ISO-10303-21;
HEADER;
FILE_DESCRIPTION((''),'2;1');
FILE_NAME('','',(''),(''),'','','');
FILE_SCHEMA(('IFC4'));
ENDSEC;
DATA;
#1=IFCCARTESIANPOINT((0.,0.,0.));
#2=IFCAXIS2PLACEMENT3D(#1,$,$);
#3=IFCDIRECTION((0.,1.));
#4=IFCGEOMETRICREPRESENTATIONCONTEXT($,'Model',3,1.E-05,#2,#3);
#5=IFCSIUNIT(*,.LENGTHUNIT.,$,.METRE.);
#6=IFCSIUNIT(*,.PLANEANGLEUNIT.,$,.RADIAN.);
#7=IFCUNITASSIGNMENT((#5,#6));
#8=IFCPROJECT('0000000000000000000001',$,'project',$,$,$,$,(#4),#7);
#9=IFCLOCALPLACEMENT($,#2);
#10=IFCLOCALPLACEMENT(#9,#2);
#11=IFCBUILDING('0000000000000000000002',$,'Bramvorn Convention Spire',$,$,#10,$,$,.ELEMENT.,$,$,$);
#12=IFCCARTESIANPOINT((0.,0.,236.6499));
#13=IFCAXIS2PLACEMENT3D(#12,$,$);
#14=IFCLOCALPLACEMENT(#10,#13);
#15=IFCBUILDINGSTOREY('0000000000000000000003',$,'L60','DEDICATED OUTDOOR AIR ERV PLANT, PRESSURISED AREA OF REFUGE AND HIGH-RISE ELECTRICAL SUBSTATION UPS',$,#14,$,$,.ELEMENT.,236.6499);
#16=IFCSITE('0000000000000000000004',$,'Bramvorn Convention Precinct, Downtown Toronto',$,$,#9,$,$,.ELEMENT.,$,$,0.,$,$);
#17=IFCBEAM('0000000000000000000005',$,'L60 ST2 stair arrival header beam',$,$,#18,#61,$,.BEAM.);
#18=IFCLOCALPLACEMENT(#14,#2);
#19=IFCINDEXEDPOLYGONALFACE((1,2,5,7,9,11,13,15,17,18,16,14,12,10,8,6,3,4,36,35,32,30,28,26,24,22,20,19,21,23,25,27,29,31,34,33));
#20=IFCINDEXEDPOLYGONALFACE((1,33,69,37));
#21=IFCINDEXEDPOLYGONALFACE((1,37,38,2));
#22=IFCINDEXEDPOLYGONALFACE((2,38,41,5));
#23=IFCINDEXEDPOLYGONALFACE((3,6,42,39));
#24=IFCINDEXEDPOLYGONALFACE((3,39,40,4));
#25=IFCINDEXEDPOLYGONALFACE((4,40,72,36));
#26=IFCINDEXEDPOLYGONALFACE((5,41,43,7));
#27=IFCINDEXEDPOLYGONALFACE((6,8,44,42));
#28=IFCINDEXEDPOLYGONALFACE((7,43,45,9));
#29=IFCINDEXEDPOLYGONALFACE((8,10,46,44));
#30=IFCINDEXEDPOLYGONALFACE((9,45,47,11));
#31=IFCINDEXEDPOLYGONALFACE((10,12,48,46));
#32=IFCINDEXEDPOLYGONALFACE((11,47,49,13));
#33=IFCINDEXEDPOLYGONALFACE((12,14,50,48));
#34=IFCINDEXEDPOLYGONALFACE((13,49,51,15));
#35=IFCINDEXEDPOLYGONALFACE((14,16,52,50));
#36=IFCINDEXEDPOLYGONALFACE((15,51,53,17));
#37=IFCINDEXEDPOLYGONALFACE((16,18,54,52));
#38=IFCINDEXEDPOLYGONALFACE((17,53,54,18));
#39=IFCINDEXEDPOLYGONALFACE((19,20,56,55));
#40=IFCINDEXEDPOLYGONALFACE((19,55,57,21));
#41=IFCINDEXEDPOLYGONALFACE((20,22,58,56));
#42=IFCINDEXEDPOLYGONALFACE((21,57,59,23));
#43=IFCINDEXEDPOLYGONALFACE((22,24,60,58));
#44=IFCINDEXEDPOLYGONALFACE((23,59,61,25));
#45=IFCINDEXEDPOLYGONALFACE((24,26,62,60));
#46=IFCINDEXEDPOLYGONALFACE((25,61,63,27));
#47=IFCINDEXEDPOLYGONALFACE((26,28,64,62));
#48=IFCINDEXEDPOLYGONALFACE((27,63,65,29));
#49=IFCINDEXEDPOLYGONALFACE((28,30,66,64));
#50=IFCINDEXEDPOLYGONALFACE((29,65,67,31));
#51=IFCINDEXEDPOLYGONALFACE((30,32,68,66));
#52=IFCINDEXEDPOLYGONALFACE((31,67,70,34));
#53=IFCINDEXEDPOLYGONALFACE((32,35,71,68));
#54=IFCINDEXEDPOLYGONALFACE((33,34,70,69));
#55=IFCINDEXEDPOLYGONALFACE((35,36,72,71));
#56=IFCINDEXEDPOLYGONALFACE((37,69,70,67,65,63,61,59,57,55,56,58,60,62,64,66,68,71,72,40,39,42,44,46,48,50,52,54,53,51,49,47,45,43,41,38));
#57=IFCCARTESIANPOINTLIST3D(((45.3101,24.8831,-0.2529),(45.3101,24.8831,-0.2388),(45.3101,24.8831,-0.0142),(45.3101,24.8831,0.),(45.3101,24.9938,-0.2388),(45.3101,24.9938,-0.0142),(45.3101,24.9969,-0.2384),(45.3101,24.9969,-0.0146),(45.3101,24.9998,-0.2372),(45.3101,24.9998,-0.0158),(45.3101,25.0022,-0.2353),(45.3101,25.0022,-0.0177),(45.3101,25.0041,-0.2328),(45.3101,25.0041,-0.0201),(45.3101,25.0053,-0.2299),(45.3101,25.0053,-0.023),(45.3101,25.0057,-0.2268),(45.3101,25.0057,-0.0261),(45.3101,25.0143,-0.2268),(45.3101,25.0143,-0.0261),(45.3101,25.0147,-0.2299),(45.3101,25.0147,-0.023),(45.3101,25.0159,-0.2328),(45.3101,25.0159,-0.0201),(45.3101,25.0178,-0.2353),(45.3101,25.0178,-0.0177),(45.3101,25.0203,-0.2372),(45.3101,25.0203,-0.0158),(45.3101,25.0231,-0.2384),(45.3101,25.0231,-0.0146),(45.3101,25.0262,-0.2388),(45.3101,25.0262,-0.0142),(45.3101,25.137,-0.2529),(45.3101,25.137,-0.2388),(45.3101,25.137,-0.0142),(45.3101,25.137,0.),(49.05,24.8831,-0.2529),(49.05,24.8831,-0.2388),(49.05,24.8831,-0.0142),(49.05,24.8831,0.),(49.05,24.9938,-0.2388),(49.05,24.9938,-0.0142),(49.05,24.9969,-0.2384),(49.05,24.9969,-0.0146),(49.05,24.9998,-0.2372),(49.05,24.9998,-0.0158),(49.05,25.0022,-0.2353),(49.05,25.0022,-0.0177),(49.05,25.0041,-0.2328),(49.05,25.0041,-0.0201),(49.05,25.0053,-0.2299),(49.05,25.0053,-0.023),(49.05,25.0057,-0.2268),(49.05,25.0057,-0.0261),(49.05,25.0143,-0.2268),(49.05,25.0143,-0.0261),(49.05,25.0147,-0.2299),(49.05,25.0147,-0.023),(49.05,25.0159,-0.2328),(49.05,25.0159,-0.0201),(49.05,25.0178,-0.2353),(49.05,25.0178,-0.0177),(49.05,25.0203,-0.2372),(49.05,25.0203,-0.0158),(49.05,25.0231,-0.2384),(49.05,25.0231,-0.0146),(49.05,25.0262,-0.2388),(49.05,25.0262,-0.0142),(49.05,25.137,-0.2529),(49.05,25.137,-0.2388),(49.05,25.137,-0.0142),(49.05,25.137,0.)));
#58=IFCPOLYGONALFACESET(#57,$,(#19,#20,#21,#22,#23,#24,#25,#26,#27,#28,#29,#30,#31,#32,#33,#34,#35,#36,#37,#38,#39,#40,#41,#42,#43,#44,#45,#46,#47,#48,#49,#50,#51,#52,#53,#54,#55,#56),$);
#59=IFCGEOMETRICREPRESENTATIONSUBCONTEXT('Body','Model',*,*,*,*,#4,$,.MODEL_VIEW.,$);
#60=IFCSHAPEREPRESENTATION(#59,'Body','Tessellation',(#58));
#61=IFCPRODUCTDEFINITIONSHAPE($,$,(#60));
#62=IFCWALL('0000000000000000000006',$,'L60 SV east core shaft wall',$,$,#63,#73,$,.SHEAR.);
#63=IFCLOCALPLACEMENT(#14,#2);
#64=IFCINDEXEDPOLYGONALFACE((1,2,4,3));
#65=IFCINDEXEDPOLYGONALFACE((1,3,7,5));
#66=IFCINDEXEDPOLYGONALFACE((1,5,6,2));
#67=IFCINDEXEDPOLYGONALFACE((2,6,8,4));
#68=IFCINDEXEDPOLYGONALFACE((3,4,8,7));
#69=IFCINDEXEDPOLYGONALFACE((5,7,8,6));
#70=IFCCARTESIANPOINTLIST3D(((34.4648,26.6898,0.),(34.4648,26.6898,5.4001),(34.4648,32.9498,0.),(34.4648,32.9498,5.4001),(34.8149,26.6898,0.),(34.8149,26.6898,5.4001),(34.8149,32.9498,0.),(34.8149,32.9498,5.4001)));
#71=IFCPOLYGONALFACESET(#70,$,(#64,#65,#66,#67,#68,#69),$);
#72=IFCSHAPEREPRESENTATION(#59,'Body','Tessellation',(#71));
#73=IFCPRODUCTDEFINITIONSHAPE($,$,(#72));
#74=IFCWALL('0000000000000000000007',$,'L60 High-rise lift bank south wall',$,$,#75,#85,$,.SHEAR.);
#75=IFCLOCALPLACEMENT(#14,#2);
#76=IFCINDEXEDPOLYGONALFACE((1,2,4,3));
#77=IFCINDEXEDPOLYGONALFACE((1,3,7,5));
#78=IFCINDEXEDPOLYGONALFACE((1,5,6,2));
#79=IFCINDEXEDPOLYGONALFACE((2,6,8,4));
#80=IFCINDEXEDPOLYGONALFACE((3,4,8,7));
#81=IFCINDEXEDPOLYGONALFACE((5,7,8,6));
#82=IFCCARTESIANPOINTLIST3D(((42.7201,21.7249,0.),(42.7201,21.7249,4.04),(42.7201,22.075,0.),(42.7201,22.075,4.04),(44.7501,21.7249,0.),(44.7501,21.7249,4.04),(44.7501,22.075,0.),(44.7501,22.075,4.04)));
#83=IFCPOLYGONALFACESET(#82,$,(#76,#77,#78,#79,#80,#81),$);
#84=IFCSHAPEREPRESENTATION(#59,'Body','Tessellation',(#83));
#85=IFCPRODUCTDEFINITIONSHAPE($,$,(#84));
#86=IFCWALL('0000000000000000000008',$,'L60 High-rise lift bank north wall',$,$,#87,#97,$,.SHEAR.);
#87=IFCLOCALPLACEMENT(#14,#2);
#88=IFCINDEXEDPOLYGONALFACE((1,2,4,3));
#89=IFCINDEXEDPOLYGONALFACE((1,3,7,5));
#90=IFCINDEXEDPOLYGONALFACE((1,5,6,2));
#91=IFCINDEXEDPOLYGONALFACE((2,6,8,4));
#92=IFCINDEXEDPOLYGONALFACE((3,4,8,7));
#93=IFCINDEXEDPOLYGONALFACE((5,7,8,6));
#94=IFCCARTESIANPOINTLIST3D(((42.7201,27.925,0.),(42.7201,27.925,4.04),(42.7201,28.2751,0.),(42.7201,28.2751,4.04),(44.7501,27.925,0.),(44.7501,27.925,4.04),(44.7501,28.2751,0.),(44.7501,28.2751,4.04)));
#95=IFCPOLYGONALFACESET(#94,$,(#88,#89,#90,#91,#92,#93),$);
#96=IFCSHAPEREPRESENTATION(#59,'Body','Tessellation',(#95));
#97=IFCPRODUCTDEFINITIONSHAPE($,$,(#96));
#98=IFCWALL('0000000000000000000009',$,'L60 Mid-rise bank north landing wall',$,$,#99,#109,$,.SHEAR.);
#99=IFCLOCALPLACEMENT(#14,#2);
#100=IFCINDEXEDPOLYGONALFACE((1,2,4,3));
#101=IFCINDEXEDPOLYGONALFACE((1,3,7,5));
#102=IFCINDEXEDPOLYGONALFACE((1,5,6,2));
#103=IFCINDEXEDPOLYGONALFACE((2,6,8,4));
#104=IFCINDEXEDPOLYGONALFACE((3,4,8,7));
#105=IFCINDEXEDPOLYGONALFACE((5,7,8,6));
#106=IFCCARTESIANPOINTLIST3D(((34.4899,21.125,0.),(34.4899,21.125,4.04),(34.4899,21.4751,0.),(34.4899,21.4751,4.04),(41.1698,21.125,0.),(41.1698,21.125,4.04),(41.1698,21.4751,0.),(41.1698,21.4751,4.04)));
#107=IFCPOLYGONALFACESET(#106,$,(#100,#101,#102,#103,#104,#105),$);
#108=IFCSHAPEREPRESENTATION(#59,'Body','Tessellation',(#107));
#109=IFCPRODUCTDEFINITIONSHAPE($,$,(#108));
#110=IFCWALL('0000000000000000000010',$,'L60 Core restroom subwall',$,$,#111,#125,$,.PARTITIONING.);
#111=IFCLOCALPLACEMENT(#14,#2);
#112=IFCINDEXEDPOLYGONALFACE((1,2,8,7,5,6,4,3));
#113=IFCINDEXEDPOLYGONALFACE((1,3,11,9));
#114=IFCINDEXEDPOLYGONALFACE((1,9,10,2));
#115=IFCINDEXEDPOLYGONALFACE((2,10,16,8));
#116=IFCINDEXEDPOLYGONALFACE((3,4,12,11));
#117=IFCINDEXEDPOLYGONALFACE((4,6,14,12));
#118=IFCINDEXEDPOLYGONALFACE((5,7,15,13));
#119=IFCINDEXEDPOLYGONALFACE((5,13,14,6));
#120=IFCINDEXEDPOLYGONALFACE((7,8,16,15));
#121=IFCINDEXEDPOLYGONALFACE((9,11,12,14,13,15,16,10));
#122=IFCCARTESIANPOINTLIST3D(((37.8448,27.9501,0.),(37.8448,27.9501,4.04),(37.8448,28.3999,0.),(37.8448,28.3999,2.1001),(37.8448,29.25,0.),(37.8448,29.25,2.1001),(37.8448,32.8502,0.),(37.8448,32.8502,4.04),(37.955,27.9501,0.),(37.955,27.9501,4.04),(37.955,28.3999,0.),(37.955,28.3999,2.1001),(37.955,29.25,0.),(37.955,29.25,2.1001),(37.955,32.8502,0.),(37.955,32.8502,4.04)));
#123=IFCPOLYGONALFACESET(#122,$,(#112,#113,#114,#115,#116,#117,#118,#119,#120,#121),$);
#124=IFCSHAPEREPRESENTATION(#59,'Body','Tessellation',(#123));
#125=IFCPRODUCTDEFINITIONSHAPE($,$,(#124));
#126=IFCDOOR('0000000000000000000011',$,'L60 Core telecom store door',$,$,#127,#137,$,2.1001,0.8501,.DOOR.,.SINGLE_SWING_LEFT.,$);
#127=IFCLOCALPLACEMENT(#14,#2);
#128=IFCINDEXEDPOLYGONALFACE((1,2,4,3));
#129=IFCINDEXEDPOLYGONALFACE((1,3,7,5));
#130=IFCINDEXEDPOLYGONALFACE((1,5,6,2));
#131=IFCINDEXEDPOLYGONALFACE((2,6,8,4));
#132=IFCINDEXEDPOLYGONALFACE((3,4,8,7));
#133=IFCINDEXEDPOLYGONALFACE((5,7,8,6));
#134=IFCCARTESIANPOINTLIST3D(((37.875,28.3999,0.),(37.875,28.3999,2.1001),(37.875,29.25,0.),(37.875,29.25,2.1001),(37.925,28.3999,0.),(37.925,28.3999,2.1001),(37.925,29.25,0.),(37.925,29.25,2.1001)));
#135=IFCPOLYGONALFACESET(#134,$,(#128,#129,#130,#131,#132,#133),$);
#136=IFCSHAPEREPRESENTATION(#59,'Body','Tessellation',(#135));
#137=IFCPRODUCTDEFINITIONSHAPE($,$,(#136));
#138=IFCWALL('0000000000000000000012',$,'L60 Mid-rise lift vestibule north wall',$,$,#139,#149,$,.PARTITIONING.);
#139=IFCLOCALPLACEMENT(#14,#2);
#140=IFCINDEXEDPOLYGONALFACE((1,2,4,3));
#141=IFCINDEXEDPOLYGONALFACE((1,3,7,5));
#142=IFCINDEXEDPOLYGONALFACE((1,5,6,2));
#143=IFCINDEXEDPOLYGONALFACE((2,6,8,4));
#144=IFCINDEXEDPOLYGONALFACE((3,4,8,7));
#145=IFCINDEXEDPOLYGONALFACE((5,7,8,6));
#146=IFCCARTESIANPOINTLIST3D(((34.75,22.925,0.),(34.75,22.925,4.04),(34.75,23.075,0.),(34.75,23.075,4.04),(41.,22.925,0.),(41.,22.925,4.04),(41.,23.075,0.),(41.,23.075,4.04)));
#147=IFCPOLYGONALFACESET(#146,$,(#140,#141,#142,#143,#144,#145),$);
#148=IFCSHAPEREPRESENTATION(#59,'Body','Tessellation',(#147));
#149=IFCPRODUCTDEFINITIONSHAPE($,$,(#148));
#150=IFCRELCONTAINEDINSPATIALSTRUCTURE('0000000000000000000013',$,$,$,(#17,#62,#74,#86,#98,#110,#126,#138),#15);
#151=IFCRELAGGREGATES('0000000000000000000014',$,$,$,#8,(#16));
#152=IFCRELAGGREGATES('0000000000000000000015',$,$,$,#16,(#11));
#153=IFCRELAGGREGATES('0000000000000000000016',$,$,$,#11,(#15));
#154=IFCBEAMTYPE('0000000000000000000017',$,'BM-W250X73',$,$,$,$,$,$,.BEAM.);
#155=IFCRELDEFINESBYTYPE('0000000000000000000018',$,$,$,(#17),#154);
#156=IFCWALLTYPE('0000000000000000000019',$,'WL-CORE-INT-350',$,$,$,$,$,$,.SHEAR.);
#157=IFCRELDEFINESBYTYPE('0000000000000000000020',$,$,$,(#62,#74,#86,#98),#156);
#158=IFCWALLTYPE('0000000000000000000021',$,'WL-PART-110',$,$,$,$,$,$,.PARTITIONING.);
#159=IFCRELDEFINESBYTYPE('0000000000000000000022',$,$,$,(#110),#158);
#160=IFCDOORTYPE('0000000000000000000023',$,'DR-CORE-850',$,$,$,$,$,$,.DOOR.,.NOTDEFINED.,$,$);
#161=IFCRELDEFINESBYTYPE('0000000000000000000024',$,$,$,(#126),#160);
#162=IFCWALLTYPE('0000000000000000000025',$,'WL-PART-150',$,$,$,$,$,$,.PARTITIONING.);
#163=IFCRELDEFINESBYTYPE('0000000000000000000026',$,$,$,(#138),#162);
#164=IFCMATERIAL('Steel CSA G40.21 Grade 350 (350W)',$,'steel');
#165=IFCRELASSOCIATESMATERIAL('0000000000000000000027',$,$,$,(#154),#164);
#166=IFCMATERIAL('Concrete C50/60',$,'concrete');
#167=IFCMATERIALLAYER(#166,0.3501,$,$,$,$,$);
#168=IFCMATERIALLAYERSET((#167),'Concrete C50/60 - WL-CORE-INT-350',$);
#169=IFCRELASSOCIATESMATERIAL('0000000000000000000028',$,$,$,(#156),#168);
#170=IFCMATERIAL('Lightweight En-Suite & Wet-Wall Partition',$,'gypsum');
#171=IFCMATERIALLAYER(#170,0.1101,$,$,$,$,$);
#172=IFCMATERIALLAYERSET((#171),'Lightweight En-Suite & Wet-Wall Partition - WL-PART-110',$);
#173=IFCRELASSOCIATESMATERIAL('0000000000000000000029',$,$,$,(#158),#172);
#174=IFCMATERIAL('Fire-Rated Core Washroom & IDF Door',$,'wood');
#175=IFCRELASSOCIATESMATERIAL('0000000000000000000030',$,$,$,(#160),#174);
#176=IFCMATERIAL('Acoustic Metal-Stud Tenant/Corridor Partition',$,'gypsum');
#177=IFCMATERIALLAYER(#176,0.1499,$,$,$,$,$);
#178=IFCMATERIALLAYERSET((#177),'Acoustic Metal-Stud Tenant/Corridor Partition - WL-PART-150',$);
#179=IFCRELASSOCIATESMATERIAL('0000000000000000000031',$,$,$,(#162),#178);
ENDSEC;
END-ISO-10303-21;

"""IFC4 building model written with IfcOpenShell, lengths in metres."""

from ifc_helpers import new_model, si_unit, direction, frame, frame_2d, origin, origin_2d, place, context, subcontext, project, spatial, rectangle, i_section, extrude, material, layer, layer_set, material_profile, profile_set, type_object, element, fill, save


model = new_model("IFC4")

# Units and contexts
model_context = context("Model", 3, precision=1e-05, world=origin(), true_north=direction((0.0, 1.0)))
body_context = subcontext(model_context, "Body", "Model", "MODEL_VIEW")
ifc_project = project(units=[si_unit("LENGTHUNIT", "METRE"), si_unit("PLANEANGLEUNIT", "RADIAN")], contexts=[model_context])

# Site, building, storey
site_placement = place(None, origin())
site = spatial("IfcSite", under=ifc_project, at=site_placement, Name="Bramvorn Convention Precinct, Downtown Toronto", CompositionType="ELEMENT", RefElevation=0.0)
building_placement = place(site_placement, origin())
building = spatial("IfcBuilding", under=site, at=building_placement, Name="Bramvorn Convention Spire", CompositionType="ELEMENT")
storey_placement = place(building_placement, frame((0.0, 0.0, 236.6499)))
storey = spatial("IfcBuildingStorey", under=building, at=storey_placement, Name="L60", Description="DEDICATED OUTDOOR AIR ERV PLANT, PRESSURISED AREA OF REFUGE AND HIGH-RISE ELECTRICAL SUBSTATION UPS", CompositionType="ELEMENT", Elevation=236.6499)

# Beam
ifc_material_1 = material(Name="Steel CSA G40.21 Grade 350 (350W)", Category="steel")
ifc_material_profile = material_profile(ifc_material_1, i_section(OverallWidth=0.2539, OverallDepth=0.2529, WebThickness=0.0085, FlangeThickness=0.0142, FilletRadius=0.012, at=origin_2d()))
ifc_profile_set = profile_set([ifc_material_profile], Name="Steel CSA G40.21 Grade 350 (350W) - W250X73")
beam_type = type_object("IfcBeamType", Name="BM-W250X73", PredefinedType="BEAM", material=ifc_profile_set)
beam_placement = place(storey_placement, frame((45.3101, 25.01, -0.1265), z_axis=(1.0, 0.0, 0.0), x_axis=(0.0, 1.0, 0.0)))
element("IfcBeam", 1, at=beam_placement, inside=storey, type_object=beam_type, Name="L60 ST2 stair arrival header beam", PredefinedType="BEAM", context=body_context, shape_type="SweptSolid", body=[
    extrude(i_section(OverallWidth=0.2539, OverallDepth=0.2529, WebThickness=0.0085, FlangeThickness=0.0142, FilletRadius=0.012, at=origin_2d()), origin(), (0.0, 0.0, 1.0), 3.74),
])

# Shared definitions
ifc_material_2 = material(Name="Concrete C50/60", Category="concrete")
ifc_layer_1 = layer(ifc_material_2, 0.3501)
ifc_layer_set_1 = layer_set([ifc_layer_1], Name="Concrete C50/60 - WL-CORE-INT-350")
wall_type_1 = type_object("IfcWallType", Name="WL-CORE-INT-350", PredefinedType="SHEAR", material=ifc_layer_set_1)

# Wall
wall_1_placement = place(storey_placement, frame((34.6399, 26.6899, 0.0), z_axis=(0.0, 0.0, 1.0), x_axis=(0.0, 1.0, 0.0)))
element("IfcWall", 2, at=wall_1_placement, inside=storey, type_object=wall_type_1, Name="L60 SV east core shaft wall", PredefinedType="SHEAR", context=body_context, shape_type="SweptSolid", body=[
    extrude(rectangle(XDim=6.26, YDim=0.3501, at=frame_2d((3.1299, 0.0))), origin(), (0.0, 0.0, 1.0), 5.4001),
])

# Walls
for number, where, z_axis, x_axis, name in (
    (3, (42.72, 21.8999, 0.0), (0.0, 0.0, 1.0), (1.0, 0.0, 0.0), "L60 High-rise lift bank south wall"),
    (4, (42.72, 28.1001, 0.0), (0.0, 0.0, 1.0), (1.0, 0.0, 0.0), "L60 High-rise lift bank north wall"),
):
    element("IfcWall", number, at=place(storey_placement, frame(where, z_axis=z_axis, x_axis=x_axis)), inside=storey, type_object=wall_type_1, Name=name, PredefinedType="SHEAR", context=body_context, shape_type="SweptSolid", body=[
        extrude(rectangle(XDim=2.03, YDim=0.3501, at=frame_2d((1.0151, 0.0))), origin(), (0.0, 0.0, 1.0), 4.04),
    ])
wall_2_placement = place(storey_placement, frame((34.49, 21.3, 0.0), z_axis=(0.0, 0.0, 1.0), x_axis=(1.0, 0.0, 0.0)))
element("IfcWall", 5, at=wall_2_placement, inside=storey, type_object=wall_type_1, Name="L60 Mid-rise bank north landing wall", PredefinedType="SHEAR", context=body_context, shape_type="SweptSolid", body=[
    extrude(rectangle(XDim=6.6799, YDim=0.3501, at=frame_2d((3.3398, 0.0))), origin(), (0.0, 0.0, 1.0), 4.04),
])

# Wall, opening, door
ifc_material_3 = material(Name="Lightweight En-Suite & Wet-Wall Partition", Category="gypsum")
ifc_layer_2 = layer(ifc_material_3, 0.1101)
ifc_layer_set_2 = layer_set([ifc_layer_2], Name="Lightweight En-Suite & Wet-Wall Partition - WL-PART-110")
wall_type_2 = type_object("IfcWallType", Name="WL-PART-110", PredefinedType="PARTITIONING", material=ifc_layer_set_2)
wall_3_placement = place(storey_placement, frame((37.8999, 27.95, 0.0), z_axis=(0.0, 0.0, 1.0), x_axis=(0.0, 1.0, 0.0)))
wall_3 = element("IfcWall", 6, at=wall_3_placement, inside=storey, type_object=wall_type_2, Name="L60 Core restroom subwall", PredefinedType="PARTITIONING", context=body_context, shape_type="SweptSolid", body=[
    extrude(rectangle(XDim=4.9001, YDim=0.1101, at=frame_2d((2.4502, 0.0))), origin(), (0.0, 0.0, 1.0), 4.04),
])
opening_1_placement = place(wall_3_placement, frame((0.45, 0.0, 0.0)))
opening_1 = element("IfcOpeningElement", 7, at=opening_1_placement, cuts=wall_3, PredefinedType="OPENING", context=body_context, shape_type="SweptSolid", body=[
    extrude(rectangle(XDim=0.8501, YDim=2.1001, at=frame_2d((0.425, 1.05))), frame((0.0, 0.0649, 0.0), z_axis=(0.0, -1.0, 0.0), x_axis=(1.0, 0.0, 0.0)), (0.0, 0.0, 1.0), 0.1301),
])
ifc_material_4 = material(Name="Fire-Rated Core Washroom & IDF Door", Category="wood")
door_type_1 = type_object("IfcDoorType", Name="DR-CORE-850", OperationType="NOTDEFINED", PredefinedType="DOOR", material=ifc_material_4)
door_1_placement = place(opening_1_placement, origin())
door_1 = element("IfcDoor", 8, at=door_1_placement, inside=storey, type_object=door_type_1, Name="L60 Core telecom store door", OperationType="SINGLE_SWING_LEFT", OverallHeight=2.1001, OverallWidth=0.8501, PredefinedType="DOOR", context=body_context, shape_type="SweptSolid", body=[
    extrude(rectangle(XDim=0.8501, YDim=2.1001, at=frame_2d((0.425, 1.05))), frame((0.0, 0.0249, 0.0), z_axis=(0.0, -1.0, 0.0), x_axis=(1.0, 0.0, 0.0)), (0.0, 0.0, 1.0), 0.05),
])
fill(opening_1, door_1)

# Wall
ifc_material_5 = material(Name="Acoustic Metal-Stud Tenant/Corridor Partition", Category="gypsum")
ifc_layer_3 = layer(ifc_material_5, 0.1499)
ifc_layer_set_3 = layer_set([ifc_layer_3], Name="Acoustic Metal-Stud Tenant/Corridor Partition - WL-PART-150")
wall_type_3 = type_object("IfcWallType", Name="WL-PART-150", PredefinedType="PARTITIONING", material=ifc_layer_set_3)
wall_4_placement = place(storey_placement, frame((34.75, 23.0, 0.0), z_axis=(0.0, 0.0, 1.0), x_axis=(1.0, 0.0, 0.0)))
element("IfcWall", 9, at=wall_4_placement, inside=storey, type_object=wall_type_3, Name="L60 Mid-rise lift vestibule north wall", PredefinedType="PARTITIONING", context=body_context, shape_type="SweptSolid", body=[
    extrude(rectangle(XDim=6.25, YDim=0.1499, at=frame_2d((3.125, 0.0))), origin(), (0.0, 0.0, 1.0), 4.04),
])

save(model, "model.ifc")
